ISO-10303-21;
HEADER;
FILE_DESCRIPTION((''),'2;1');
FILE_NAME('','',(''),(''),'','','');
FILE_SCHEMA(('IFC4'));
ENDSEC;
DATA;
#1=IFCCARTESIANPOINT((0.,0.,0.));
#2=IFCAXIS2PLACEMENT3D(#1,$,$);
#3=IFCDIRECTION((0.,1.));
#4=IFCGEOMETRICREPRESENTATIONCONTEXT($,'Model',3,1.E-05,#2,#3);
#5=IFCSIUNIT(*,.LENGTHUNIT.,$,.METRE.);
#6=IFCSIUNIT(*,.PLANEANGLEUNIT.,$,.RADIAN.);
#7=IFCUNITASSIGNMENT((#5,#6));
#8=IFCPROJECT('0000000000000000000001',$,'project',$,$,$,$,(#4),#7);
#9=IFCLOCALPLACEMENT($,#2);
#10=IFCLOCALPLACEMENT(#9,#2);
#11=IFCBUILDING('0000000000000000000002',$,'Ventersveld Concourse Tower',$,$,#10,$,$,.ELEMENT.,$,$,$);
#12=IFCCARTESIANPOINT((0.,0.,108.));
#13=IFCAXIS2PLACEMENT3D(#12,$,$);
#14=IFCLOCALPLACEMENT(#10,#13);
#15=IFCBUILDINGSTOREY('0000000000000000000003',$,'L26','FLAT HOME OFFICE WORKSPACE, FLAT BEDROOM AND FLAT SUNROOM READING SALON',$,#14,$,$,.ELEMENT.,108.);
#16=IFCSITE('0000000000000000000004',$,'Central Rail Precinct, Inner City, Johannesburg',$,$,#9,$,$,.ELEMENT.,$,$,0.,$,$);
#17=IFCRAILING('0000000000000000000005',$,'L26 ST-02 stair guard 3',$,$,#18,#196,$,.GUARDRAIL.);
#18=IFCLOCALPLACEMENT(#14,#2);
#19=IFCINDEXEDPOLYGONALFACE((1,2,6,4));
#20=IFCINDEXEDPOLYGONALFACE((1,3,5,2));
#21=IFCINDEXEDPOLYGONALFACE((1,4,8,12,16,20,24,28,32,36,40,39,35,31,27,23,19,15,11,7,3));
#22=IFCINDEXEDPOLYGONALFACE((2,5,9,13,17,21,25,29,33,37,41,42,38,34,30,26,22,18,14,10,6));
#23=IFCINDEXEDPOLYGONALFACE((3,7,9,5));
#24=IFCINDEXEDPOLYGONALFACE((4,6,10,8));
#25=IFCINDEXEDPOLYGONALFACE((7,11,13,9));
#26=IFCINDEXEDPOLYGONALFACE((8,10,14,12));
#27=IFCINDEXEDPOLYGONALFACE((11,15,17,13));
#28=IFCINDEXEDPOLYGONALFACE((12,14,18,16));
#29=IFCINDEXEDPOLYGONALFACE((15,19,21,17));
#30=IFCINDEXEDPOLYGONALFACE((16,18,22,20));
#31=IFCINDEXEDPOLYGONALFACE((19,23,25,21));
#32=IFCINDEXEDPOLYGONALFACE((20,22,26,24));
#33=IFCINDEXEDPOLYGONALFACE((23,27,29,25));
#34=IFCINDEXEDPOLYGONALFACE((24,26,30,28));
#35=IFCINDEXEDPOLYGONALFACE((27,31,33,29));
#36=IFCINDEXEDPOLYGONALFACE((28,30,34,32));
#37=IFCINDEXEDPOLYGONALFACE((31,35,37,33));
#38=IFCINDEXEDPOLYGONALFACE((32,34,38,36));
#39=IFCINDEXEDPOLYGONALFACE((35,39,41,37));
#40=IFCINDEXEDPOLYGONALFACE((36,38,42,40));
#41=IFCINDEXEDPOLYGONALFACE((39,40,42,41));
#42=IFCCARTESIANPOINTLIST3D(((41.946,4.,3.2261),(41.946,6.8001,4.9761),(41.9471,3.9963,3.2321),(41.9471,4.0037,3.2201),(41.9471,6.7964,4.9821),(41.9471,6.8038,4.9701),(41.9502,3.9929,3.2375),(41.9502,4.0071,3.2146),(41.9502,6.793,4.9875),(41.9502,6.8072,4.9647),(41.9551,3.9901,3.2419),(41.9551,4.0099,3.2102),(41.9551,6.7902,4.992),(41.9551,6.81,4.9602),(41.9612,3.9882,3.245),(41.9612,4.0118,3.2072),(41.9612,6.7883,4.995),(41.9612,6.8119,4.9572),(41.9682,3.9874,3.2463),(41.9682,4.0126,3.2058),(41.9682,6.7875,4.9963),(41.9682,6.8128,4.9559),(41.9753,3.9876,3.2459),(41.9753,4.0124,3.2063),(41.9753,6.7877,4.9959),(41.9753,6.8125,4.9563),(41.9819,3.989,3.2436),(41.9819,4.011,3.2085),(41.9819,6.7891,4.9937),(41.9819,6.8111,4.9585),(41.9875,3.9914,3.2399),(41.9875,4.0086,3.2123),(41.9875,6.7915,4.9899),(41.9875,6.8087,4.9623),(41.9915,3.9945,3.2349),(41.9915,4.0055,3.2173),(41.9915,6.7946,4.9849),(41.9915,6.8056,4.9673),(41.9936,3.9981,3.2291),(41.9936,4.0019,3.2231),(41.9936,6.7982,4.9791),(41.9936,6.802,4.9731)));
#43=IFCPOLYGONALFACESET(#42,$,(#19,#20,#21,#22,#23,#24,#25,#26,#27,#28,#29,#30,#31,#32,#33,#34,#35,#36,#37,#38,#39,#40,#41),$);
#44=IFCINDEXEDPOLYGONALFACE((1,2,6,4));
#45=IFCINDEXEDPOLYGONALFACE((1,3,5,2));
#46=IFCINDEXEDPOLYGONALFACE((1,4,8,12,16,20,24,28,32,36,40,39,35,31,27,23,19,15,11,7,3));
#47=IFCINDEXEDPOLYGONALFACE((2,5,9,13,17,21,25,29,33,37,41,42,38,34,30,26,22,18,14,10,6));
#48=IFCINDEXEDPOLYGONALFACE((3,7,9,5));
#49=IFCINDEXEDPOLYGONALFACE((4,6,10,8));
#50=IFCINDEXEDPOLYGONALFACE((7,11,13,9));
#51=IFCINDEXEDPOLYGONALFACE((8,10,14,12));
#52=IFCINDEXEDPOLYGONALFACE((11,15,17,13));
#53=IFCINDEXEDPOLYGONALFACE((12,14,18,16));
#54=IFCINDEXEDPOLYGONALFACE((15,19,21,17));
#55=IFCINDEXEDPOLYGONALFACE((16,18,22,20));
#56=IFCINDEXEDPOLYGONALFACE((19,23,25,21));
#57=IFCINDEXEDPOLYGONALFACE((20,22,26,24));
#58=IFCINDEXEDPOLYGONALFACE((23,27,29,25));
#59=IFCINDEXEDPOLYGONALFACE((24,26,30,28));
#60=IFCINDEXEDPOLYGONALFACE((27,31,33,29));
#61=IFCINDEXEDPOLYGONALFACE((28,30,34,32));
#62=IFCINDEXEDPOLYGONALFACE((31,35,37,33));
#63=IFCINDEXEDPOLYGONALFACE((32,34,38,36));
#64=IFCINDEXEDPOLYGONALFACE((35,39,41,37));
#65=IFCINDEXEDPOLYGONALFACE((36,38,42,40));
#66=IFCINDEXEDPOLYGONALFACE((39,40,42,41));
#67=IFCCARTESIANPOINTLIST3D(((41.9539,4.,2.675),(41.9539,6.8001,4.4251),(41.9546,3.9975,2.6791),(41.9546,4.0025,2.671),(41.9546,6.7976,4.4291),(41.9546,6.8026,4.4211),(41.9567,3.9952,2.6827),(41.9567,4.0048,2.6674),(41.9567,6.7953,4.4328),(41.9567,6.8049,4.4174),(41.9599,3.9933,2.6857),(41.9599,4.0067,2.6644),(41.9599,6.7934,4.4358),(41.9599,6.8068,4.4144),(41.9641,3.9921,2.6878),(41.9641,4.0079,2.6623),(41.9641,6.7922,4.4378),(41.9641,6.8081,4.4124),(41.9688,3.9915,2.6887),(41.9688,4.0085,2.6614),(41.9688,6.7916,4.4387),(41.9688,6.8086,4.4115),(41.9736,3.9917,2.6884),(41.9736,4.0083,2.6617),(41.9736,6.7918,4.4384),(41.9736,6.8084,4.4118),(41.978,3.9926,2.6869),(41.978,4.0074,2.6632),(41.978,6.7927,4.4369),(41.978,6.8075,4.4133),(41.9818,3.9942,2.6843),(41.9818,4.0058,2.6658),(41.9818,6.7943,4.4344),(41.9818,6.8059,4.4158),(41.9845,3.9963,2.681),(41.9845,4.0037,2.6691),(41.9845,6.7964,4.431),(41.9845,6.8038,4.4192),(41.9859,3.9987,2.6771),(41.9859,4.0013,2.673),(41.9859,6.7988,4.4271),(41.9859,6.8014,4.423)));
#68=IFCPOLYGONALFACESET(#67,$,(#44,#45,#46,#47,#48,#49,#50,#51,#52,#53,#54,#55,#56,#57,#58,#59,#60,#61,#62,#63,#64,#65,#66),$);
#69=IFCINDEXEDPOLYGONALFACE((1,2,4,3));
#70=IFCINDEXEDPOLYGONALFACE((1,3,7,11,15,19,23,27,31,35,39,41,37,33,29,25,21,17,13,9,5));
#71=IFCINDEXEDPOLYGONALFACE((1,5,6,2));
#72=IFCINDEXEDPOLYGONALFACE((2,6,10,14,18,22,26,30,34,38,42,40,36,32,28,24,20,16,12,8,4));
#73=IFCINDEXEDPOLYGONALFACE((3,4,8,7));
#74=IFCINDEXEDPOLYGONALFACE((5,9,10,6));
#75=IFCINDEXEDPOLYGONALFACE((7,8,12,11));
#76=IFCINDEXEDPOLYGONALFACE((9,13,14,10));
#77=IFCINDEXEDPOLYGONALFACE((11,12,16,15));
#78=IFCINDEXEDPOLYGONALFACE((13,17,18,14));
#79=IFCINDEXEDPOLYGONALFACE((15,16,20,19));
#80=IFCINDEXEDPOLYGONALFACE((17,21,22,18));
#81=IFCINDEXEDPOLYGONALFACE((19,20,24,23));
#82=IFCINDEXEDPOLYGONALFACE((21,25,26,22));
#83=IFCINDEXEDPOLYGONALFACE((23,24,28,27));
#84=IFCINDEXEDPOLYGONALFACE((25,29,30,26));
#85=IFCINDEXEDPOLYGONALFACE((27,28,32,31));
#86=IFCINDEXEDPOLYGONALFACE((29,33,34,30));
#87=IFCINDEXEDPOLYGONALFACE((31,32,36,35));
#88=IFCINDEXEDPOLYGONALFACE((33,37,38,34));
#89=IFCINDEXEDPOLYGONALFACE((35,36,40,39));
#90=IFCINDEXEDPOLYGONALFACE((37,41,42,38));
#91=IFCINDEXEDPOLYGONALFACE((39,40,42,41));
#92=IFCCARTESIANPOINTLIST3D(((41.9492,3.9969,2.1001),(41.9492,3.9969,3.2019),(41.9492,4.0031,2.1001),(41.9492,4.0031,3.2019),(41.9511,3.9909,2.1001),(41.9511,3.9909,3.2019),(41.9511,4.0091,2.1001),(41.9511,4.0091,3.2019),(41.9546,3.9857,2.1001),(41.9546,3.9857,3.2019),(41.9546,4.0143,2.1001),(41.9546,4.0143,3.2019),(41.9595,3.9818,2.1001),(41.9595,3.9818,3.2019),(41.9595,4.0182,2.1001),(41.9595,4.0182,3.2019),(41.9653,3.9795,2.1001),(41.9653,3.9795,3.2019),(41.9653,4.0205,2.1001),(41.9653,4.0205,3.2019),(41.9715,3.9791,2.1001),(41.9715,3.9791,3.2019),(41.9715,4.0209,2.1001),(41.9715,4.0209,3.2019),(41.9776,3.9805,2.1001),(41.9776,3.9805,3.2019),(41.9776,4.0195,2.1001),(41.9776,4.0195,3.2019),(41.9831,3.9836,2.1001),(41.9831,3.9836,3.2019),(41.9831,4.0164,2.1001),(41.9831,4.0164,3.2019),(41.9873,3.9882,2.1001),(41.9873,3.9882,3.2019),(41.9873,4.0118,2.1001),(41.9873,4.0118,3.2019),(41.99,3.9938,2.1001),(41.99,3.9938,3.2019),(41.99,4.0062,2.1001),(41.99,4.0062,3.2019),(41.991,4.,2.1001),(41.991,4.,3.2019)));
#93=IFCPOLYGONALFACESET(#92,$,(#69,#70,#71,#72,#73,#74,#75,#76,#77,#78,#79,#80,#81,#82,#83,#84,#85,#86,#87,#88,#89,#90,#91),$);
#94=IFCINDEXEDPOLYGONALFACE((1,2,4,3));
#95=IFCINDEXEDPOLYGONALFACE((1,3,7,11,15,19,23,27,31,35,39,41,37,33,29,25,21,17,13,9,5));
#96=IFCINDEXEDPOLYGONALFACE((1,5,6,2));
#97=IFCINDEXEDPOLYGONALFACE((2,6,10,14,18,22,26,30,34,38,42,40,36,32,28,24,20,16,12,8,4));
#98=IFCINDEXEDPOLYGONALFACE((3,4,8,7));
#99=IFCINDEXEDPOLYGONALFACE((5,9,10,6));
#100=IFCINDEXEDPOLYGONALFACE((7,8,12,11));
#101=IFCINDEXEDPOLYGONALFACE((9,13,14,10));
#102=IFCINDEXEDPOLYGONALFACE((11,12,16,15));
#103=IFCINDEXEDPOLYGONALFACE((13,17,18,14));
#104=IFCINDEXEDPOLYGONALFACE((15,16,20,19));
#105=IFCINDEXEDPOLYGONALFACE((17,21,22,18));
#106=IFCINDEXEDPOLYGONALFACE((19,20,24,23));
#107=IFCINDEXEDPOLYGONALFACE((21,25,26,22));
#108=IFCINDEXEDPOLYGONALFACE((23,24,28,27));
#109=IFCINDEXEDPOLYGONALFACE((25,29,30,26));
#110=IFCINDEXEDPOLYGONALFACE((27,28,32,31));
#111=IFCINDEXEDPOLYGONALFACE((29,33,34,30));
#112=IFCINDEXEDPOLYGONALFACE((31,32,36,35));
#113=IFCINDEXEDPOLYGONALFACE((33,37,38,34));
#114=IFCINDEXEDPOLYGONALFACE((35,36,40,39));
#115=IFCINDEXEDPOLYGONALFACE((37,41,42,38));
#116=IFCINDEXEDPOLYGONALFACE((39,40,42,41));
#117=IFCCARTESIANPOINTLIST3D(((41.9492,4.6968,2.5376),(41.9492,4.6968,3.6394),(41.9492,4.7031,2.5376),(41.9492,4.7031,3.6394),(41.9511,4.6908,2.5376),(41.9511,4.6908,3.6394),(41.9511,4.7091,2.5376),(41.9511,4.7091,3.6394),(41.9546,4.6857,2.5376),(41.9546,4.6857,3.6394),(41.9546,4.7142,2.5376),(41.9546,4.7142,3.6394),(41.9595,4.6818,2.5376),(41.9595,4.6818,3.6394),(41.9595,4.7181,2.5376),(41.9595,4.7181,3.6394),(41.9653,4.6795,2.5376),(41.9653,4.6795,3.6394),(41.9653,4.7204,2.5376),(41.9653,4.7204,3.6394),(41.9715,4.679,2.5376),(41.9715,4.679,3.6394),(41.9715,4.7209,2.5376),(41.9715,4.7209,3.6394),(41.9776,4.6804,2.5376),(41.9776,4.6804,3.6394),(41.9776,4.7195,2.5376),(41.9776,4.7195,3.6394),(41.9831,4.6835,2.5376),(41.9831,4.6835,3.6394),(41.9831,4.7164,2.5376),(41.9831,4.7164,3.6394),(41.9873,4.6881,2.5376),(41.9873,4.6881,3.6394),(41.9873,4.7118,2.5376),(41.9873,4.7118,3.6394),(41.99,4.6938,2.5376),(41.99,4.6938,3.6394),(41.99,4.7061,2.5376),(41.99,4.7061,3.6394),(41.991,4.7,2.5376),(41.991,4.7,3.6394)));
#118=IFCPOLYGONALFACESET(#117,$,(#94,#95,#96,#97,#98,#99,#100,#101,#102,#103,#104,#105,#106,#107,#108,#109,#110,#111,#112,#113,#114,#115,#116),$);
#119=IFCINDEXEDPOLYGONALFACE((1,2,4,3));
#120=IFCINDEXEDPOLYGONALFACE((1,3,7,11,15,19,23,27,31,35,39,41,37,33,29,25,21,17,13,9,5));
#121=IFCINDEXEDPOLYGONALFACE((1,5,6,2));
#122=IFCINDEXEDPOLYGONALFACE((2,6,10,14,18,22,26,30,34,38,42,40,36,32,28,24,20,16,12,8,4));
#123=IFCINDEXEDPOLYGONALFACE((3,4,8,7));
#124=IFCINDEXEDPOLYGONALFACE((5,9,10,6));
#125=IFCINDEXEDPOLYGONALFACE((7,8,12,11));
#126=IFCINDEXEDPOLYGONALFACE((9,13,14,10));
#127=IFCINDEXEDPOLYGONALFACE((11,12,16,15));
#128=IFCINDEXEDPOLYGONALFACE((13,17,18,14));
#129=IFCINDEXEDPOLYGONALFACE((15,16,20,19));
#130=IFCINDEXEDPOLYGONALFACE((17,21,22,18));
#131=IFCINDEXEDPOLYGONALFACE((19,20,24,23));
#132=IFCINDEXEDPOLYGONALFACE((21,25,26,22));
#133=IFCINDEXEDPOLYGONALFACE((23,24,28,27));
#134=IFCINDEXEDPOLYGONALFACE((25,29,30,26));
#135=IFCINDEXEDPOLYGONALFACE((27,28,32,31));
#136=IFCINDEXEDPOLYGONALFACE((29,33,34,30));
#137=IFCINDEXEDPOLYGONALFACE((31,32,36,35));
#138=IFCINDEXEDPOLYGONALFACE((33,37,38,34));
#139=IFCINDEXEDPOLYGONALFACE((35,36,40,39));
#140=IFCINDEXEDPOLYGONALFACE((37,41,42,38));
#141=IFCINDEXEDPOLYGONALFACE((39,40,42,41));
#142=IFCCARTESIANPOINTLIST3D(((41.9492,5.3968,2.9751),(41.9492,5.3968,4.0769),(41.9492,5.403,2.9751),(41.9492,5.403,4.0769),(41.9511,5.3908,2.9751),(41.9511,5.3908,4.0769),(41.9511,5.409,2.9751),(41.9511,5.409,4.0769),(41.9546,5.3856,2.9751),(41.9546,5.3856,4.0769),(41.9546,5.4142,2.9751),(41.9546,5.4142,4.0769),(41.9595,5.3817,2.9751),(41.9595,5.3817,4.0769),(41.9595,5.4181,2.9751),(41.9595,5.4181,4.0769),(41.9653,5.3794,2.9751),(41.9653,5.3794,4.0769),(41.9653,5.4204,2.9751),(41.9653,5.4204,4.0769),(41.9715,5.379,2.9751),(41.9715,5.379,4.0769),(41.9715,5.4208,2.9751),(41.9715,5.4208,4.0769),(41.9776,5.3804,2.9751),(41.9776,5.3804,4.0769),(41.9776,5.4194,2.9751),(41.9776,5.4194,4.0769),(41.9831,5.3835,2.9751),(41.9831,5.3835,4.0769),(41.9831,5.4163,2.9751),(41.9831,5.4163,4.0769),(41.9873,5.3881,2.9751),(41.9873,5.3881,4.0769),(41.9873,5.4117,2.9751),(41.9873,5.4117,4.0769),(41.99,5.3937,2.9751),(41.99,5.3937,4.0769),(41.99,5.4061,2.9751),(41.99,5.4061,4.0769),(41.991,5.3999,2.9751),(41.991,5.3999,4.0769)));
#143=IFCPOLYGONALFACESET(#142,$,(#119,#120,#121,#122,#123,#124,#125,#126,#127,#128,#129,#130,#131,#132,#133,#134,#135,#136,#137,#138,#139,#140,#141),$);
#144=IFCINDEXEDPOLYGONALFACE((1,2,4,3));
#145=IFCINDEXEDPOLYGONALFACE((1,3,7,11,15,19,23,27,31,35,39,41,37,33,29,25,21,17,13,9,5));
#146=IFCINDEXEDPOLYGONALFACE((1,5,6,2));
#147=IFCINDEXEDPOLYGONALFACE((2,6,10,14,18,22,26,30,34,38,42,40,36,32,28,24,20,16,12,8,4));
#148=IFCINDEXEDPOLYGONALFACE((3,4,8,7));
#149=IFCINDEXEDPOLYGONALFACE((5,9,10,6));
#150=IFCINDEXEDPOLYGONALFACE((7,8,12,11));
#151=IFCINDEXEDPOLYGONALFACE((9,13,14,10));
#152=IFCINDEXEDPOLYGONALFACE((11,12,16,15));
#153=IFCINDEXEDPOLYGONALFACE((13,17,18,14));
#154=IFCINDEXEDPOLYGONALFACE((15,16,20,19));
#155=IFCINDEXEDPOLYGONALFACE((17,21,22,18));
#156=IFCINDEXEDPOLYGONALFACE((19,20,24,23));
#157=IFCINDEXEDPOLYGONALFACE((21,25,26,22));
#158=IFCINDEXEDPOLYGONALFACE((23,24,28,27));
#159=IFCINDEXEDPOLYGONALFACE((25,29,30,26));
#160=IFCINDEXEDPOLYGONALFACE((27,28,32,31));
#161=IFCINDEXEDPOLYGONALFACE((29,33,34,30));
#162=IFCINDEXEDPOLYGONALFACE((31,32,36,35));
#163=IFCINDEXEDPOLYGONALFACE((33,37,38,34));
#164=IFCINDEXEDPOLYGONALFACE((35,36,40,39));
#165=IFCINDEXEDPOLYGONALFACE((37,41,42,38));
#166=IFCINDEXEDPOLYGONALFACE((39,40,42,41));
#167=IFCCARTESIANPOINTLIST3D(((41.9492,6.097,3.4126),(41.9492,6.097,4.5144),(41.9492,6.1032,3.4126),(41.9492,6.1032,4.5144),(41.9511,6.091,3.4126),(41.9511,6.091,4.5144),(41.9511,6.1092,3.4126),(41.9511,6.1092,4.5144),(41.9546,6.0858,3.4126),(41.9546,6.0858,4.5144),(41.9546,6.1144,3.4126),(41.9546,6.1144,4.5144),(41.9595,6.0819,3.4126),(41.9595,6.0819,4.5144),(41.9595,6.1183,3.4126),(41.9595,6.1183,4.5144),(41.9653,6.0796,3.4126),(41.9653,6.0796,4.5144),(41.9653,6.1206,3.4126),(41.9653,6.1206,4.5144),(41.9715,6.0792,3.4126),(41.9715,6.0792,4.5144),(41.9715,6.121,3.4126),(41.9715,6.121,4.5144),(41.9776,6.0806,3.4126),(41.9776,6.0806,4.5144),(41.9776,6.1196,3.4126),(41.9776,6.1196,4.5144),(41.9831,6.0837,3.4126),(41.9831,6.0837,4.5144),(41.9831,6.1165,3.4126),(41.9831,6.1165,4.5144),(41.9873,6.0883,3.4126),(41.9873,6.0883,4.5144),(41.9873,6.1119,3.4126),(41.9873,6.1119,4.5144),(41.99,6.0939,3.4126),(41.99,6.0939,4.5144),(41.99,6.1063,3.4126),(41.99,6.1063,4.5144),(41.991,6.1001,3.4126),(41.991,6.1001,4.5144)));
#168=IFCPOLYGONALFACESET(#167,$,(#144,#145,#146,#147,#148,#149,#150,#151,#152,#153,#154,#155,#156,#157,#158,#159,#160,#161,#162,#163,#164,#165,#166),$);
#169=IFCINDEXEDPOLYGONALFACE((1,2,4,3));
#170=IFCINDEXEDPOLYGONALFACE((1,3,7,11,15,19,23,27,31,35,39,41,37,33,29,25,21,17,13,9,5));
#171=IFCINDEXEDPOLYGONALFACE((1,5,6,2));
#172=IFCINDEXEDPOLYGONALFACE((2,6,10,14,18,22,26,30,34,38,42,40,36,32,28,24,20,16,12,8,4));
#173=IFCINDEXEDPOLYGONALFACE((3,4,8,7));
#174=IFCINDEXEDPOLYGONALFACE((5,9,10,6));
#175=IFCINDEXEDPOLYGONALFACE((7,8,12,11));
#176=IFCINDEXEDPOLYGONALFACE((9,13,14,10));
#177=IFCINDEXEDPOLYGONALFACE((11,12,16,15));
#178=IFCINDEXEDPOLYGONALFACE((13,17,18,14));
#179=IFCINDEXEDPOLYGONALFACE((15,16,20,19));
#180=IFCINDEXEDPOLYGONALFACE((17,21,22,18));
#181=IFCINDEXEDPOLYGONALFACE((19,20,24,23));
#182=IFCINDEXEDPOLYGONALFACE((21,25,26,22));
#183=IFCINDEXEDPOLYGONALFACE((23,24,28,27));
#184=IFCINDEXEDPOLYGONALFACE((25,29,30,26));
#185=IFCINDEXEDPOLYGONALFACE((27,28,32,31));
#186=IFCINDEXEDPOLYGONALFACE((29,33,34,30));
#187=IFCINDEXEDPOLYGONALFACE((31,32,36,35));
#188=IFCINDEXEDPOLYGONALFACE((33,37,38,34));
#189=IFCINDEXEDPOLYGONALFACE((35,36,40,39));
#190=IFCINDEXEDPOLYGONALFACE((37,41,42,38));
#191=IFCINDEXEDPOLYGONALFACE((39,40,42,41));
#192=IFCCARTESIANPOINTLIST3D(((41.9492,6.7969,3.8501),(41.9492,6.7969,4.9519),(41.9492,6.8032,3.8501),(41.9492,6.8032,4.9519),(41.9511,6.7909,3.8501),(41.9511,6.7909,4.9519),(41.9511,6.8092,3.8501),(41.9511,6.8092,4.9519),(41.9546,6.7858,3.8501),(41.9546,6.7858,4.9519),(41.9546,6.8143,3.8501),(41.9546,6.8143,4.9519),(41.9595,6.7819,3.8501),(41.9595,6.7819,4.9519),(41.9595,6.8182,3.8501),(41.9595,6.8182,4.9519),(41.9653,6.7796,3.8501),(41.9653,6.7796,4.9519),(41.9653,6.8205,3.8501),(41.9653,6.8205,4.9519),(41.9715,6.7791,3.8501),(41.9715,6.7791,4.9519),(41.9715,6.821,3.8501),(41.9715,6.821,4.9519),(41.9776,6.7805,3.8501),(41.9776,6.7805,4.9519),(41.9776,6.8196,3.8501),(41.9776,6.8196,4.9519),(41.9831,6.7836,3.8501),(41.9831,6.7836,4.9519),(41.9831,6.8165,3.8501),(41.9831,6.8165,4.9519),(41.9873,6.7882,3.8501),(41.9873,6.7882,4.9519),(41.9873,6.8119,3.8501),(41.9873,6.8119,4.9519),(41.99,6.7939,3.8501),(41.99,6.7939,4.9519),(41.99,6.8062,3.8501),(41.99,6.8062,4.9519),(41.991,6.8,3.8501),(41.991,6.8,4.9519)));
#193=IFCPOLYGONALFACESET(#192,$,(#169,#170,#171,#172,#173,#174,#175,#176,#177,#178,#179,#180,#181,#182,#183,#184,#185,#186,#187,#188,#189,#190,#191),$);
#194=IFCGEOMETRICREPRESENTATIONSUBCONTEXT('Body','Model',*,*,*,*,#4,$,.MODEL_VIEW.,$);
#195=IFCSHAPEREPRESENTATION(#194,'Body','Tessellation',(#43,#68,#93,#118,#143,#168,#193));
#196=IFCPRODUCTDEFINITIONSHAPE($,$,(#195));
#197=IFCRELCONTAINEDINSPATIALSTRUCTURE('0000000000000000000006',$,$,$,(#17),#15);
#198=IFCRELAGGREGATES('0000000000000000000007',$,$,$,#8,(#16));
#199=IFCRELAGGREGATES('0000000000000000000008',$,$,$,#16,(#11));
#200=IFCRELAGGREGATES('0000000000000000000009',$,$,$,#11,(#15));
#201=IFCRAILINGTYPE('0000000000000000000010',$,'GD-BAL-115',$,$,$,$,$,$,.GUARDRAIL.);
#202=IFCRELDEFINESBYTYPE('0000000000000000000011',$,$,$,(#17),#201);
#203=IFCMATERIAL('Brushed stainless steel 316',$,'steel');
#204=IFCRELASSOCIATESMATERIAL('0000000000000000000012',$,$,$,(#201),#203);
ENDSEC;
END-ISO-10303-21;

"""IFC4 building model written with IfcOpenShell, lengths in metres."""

from ifc_helpers import new_model, si_unit, direction, frame, origin, origin_2d, place, context, subcontext, project, spatial, circle, extrude, material, type_object, element, save


model = new_model("IFC4")

# Units and contexts
model_context = context("Model", 3, precision=1e-05, world=origin(), true_north=direction((0.0, 1.0)))
body_context = subcontext(model_context, "Body", "Model", "MODEL_VIEW")
ifc_project = project(units=[si_unit("LENGTHUNIT", "METRE"), si_unit("PLANEANGLEUNIT", "RADIAN")], contexts=[model_context])

# Site, building, storey
site_placement = place(None, origin())
site = spatial("IfcSite", under=ifc_project, at=site_placement, Name="Central Rail Precinct, Inner City, Johannesburg", CompositionType="ELEMENT", RefElevation=0.0)
building_placement = place(site_placement, origin())
building = spatial("IfcBuilding", under=site, at=building_placement, Name="Ventersveld Concourse Tower", CompositionType="ELEMENT")
storey_placement = place(building_placement, frame((0.0, 0.0, 108.0)))
storey = spatial("IfcBuildingStorey", under=building, at=storey_placement, Name="L26", Description="FLAT HOME OFFICE WORKSPACE, FLAT BEDROOM AND FLAT SUNROOM READING SALON", CompositionType="ELEMENT", Elevation=108.0)

# Shared definitions
ifc_material_1 = material(Name="Brushed stainless steel 316", Category="steel")

# Railing
railing_type_1 = type_object("IfcRailingType", Name="GD-BAL-115", PredefinedType="GUARDRAIL", material=ifc_material_1)
railing_1_placement = place(storey_placement, frame((41.97, 4.0, 2.1001)))
element("IfcRailing", 1, at=railing_1_placement, inside=storey, type_object=railing_type_1, Name="L26 ST-02 stair guard 3", PredefinedType="GUARDRAIL", context=body_context, shape_type="SweptSolid", body=[
    extrude(circle(Radius=0.0239, at=origin_2d()), frame((0.0, 0.0, 1.126), z_axis=(0.0, 0.848002, 0.529992), x_axis=(-1.0, 0.0, 0.0)), (0.0, 0.0, 1.0), 3.302),
    extrude(circle(Radius=0.0161, at=origin_2d()), frame((0.0, 0.0, 0.575), z_axis=(0.0, 0.848002, 0.529992), x_axis=(-1.0, 0.0, 0.0)), (0.0, 0.0, 1.0), 3.302),
    extrude(circle(Radius=0.021, at=origin_2d()), origin(), (0.0, 0.0, 1.0), 1.1018),
    extrude(circle(Radius=0.021, at=origin_2d()), frame((0.0, 0.7, 0.4375)), (0.0, 0.0, 1.0), 1.1018),
    extrude(circle(Radius=0.021, at=origin_2d()), frame((0.0, 1.3999, 0.875)), (0.0, 0.0, 1.0), 1.1018),
    extrude(circle(Radius=0.021, at=origin_2d()), frame((0.0, 2.1001, 1.3125)), (0.0, 0.0, 1.0), 1.1018),
    extrude(circle(Radius=0.021, at=origin_2d()), frame((0.0, 2.8, 1.75)), (0.0, 0.0, 1.0), 1.1018),
])

save(model, "model.ifc")
